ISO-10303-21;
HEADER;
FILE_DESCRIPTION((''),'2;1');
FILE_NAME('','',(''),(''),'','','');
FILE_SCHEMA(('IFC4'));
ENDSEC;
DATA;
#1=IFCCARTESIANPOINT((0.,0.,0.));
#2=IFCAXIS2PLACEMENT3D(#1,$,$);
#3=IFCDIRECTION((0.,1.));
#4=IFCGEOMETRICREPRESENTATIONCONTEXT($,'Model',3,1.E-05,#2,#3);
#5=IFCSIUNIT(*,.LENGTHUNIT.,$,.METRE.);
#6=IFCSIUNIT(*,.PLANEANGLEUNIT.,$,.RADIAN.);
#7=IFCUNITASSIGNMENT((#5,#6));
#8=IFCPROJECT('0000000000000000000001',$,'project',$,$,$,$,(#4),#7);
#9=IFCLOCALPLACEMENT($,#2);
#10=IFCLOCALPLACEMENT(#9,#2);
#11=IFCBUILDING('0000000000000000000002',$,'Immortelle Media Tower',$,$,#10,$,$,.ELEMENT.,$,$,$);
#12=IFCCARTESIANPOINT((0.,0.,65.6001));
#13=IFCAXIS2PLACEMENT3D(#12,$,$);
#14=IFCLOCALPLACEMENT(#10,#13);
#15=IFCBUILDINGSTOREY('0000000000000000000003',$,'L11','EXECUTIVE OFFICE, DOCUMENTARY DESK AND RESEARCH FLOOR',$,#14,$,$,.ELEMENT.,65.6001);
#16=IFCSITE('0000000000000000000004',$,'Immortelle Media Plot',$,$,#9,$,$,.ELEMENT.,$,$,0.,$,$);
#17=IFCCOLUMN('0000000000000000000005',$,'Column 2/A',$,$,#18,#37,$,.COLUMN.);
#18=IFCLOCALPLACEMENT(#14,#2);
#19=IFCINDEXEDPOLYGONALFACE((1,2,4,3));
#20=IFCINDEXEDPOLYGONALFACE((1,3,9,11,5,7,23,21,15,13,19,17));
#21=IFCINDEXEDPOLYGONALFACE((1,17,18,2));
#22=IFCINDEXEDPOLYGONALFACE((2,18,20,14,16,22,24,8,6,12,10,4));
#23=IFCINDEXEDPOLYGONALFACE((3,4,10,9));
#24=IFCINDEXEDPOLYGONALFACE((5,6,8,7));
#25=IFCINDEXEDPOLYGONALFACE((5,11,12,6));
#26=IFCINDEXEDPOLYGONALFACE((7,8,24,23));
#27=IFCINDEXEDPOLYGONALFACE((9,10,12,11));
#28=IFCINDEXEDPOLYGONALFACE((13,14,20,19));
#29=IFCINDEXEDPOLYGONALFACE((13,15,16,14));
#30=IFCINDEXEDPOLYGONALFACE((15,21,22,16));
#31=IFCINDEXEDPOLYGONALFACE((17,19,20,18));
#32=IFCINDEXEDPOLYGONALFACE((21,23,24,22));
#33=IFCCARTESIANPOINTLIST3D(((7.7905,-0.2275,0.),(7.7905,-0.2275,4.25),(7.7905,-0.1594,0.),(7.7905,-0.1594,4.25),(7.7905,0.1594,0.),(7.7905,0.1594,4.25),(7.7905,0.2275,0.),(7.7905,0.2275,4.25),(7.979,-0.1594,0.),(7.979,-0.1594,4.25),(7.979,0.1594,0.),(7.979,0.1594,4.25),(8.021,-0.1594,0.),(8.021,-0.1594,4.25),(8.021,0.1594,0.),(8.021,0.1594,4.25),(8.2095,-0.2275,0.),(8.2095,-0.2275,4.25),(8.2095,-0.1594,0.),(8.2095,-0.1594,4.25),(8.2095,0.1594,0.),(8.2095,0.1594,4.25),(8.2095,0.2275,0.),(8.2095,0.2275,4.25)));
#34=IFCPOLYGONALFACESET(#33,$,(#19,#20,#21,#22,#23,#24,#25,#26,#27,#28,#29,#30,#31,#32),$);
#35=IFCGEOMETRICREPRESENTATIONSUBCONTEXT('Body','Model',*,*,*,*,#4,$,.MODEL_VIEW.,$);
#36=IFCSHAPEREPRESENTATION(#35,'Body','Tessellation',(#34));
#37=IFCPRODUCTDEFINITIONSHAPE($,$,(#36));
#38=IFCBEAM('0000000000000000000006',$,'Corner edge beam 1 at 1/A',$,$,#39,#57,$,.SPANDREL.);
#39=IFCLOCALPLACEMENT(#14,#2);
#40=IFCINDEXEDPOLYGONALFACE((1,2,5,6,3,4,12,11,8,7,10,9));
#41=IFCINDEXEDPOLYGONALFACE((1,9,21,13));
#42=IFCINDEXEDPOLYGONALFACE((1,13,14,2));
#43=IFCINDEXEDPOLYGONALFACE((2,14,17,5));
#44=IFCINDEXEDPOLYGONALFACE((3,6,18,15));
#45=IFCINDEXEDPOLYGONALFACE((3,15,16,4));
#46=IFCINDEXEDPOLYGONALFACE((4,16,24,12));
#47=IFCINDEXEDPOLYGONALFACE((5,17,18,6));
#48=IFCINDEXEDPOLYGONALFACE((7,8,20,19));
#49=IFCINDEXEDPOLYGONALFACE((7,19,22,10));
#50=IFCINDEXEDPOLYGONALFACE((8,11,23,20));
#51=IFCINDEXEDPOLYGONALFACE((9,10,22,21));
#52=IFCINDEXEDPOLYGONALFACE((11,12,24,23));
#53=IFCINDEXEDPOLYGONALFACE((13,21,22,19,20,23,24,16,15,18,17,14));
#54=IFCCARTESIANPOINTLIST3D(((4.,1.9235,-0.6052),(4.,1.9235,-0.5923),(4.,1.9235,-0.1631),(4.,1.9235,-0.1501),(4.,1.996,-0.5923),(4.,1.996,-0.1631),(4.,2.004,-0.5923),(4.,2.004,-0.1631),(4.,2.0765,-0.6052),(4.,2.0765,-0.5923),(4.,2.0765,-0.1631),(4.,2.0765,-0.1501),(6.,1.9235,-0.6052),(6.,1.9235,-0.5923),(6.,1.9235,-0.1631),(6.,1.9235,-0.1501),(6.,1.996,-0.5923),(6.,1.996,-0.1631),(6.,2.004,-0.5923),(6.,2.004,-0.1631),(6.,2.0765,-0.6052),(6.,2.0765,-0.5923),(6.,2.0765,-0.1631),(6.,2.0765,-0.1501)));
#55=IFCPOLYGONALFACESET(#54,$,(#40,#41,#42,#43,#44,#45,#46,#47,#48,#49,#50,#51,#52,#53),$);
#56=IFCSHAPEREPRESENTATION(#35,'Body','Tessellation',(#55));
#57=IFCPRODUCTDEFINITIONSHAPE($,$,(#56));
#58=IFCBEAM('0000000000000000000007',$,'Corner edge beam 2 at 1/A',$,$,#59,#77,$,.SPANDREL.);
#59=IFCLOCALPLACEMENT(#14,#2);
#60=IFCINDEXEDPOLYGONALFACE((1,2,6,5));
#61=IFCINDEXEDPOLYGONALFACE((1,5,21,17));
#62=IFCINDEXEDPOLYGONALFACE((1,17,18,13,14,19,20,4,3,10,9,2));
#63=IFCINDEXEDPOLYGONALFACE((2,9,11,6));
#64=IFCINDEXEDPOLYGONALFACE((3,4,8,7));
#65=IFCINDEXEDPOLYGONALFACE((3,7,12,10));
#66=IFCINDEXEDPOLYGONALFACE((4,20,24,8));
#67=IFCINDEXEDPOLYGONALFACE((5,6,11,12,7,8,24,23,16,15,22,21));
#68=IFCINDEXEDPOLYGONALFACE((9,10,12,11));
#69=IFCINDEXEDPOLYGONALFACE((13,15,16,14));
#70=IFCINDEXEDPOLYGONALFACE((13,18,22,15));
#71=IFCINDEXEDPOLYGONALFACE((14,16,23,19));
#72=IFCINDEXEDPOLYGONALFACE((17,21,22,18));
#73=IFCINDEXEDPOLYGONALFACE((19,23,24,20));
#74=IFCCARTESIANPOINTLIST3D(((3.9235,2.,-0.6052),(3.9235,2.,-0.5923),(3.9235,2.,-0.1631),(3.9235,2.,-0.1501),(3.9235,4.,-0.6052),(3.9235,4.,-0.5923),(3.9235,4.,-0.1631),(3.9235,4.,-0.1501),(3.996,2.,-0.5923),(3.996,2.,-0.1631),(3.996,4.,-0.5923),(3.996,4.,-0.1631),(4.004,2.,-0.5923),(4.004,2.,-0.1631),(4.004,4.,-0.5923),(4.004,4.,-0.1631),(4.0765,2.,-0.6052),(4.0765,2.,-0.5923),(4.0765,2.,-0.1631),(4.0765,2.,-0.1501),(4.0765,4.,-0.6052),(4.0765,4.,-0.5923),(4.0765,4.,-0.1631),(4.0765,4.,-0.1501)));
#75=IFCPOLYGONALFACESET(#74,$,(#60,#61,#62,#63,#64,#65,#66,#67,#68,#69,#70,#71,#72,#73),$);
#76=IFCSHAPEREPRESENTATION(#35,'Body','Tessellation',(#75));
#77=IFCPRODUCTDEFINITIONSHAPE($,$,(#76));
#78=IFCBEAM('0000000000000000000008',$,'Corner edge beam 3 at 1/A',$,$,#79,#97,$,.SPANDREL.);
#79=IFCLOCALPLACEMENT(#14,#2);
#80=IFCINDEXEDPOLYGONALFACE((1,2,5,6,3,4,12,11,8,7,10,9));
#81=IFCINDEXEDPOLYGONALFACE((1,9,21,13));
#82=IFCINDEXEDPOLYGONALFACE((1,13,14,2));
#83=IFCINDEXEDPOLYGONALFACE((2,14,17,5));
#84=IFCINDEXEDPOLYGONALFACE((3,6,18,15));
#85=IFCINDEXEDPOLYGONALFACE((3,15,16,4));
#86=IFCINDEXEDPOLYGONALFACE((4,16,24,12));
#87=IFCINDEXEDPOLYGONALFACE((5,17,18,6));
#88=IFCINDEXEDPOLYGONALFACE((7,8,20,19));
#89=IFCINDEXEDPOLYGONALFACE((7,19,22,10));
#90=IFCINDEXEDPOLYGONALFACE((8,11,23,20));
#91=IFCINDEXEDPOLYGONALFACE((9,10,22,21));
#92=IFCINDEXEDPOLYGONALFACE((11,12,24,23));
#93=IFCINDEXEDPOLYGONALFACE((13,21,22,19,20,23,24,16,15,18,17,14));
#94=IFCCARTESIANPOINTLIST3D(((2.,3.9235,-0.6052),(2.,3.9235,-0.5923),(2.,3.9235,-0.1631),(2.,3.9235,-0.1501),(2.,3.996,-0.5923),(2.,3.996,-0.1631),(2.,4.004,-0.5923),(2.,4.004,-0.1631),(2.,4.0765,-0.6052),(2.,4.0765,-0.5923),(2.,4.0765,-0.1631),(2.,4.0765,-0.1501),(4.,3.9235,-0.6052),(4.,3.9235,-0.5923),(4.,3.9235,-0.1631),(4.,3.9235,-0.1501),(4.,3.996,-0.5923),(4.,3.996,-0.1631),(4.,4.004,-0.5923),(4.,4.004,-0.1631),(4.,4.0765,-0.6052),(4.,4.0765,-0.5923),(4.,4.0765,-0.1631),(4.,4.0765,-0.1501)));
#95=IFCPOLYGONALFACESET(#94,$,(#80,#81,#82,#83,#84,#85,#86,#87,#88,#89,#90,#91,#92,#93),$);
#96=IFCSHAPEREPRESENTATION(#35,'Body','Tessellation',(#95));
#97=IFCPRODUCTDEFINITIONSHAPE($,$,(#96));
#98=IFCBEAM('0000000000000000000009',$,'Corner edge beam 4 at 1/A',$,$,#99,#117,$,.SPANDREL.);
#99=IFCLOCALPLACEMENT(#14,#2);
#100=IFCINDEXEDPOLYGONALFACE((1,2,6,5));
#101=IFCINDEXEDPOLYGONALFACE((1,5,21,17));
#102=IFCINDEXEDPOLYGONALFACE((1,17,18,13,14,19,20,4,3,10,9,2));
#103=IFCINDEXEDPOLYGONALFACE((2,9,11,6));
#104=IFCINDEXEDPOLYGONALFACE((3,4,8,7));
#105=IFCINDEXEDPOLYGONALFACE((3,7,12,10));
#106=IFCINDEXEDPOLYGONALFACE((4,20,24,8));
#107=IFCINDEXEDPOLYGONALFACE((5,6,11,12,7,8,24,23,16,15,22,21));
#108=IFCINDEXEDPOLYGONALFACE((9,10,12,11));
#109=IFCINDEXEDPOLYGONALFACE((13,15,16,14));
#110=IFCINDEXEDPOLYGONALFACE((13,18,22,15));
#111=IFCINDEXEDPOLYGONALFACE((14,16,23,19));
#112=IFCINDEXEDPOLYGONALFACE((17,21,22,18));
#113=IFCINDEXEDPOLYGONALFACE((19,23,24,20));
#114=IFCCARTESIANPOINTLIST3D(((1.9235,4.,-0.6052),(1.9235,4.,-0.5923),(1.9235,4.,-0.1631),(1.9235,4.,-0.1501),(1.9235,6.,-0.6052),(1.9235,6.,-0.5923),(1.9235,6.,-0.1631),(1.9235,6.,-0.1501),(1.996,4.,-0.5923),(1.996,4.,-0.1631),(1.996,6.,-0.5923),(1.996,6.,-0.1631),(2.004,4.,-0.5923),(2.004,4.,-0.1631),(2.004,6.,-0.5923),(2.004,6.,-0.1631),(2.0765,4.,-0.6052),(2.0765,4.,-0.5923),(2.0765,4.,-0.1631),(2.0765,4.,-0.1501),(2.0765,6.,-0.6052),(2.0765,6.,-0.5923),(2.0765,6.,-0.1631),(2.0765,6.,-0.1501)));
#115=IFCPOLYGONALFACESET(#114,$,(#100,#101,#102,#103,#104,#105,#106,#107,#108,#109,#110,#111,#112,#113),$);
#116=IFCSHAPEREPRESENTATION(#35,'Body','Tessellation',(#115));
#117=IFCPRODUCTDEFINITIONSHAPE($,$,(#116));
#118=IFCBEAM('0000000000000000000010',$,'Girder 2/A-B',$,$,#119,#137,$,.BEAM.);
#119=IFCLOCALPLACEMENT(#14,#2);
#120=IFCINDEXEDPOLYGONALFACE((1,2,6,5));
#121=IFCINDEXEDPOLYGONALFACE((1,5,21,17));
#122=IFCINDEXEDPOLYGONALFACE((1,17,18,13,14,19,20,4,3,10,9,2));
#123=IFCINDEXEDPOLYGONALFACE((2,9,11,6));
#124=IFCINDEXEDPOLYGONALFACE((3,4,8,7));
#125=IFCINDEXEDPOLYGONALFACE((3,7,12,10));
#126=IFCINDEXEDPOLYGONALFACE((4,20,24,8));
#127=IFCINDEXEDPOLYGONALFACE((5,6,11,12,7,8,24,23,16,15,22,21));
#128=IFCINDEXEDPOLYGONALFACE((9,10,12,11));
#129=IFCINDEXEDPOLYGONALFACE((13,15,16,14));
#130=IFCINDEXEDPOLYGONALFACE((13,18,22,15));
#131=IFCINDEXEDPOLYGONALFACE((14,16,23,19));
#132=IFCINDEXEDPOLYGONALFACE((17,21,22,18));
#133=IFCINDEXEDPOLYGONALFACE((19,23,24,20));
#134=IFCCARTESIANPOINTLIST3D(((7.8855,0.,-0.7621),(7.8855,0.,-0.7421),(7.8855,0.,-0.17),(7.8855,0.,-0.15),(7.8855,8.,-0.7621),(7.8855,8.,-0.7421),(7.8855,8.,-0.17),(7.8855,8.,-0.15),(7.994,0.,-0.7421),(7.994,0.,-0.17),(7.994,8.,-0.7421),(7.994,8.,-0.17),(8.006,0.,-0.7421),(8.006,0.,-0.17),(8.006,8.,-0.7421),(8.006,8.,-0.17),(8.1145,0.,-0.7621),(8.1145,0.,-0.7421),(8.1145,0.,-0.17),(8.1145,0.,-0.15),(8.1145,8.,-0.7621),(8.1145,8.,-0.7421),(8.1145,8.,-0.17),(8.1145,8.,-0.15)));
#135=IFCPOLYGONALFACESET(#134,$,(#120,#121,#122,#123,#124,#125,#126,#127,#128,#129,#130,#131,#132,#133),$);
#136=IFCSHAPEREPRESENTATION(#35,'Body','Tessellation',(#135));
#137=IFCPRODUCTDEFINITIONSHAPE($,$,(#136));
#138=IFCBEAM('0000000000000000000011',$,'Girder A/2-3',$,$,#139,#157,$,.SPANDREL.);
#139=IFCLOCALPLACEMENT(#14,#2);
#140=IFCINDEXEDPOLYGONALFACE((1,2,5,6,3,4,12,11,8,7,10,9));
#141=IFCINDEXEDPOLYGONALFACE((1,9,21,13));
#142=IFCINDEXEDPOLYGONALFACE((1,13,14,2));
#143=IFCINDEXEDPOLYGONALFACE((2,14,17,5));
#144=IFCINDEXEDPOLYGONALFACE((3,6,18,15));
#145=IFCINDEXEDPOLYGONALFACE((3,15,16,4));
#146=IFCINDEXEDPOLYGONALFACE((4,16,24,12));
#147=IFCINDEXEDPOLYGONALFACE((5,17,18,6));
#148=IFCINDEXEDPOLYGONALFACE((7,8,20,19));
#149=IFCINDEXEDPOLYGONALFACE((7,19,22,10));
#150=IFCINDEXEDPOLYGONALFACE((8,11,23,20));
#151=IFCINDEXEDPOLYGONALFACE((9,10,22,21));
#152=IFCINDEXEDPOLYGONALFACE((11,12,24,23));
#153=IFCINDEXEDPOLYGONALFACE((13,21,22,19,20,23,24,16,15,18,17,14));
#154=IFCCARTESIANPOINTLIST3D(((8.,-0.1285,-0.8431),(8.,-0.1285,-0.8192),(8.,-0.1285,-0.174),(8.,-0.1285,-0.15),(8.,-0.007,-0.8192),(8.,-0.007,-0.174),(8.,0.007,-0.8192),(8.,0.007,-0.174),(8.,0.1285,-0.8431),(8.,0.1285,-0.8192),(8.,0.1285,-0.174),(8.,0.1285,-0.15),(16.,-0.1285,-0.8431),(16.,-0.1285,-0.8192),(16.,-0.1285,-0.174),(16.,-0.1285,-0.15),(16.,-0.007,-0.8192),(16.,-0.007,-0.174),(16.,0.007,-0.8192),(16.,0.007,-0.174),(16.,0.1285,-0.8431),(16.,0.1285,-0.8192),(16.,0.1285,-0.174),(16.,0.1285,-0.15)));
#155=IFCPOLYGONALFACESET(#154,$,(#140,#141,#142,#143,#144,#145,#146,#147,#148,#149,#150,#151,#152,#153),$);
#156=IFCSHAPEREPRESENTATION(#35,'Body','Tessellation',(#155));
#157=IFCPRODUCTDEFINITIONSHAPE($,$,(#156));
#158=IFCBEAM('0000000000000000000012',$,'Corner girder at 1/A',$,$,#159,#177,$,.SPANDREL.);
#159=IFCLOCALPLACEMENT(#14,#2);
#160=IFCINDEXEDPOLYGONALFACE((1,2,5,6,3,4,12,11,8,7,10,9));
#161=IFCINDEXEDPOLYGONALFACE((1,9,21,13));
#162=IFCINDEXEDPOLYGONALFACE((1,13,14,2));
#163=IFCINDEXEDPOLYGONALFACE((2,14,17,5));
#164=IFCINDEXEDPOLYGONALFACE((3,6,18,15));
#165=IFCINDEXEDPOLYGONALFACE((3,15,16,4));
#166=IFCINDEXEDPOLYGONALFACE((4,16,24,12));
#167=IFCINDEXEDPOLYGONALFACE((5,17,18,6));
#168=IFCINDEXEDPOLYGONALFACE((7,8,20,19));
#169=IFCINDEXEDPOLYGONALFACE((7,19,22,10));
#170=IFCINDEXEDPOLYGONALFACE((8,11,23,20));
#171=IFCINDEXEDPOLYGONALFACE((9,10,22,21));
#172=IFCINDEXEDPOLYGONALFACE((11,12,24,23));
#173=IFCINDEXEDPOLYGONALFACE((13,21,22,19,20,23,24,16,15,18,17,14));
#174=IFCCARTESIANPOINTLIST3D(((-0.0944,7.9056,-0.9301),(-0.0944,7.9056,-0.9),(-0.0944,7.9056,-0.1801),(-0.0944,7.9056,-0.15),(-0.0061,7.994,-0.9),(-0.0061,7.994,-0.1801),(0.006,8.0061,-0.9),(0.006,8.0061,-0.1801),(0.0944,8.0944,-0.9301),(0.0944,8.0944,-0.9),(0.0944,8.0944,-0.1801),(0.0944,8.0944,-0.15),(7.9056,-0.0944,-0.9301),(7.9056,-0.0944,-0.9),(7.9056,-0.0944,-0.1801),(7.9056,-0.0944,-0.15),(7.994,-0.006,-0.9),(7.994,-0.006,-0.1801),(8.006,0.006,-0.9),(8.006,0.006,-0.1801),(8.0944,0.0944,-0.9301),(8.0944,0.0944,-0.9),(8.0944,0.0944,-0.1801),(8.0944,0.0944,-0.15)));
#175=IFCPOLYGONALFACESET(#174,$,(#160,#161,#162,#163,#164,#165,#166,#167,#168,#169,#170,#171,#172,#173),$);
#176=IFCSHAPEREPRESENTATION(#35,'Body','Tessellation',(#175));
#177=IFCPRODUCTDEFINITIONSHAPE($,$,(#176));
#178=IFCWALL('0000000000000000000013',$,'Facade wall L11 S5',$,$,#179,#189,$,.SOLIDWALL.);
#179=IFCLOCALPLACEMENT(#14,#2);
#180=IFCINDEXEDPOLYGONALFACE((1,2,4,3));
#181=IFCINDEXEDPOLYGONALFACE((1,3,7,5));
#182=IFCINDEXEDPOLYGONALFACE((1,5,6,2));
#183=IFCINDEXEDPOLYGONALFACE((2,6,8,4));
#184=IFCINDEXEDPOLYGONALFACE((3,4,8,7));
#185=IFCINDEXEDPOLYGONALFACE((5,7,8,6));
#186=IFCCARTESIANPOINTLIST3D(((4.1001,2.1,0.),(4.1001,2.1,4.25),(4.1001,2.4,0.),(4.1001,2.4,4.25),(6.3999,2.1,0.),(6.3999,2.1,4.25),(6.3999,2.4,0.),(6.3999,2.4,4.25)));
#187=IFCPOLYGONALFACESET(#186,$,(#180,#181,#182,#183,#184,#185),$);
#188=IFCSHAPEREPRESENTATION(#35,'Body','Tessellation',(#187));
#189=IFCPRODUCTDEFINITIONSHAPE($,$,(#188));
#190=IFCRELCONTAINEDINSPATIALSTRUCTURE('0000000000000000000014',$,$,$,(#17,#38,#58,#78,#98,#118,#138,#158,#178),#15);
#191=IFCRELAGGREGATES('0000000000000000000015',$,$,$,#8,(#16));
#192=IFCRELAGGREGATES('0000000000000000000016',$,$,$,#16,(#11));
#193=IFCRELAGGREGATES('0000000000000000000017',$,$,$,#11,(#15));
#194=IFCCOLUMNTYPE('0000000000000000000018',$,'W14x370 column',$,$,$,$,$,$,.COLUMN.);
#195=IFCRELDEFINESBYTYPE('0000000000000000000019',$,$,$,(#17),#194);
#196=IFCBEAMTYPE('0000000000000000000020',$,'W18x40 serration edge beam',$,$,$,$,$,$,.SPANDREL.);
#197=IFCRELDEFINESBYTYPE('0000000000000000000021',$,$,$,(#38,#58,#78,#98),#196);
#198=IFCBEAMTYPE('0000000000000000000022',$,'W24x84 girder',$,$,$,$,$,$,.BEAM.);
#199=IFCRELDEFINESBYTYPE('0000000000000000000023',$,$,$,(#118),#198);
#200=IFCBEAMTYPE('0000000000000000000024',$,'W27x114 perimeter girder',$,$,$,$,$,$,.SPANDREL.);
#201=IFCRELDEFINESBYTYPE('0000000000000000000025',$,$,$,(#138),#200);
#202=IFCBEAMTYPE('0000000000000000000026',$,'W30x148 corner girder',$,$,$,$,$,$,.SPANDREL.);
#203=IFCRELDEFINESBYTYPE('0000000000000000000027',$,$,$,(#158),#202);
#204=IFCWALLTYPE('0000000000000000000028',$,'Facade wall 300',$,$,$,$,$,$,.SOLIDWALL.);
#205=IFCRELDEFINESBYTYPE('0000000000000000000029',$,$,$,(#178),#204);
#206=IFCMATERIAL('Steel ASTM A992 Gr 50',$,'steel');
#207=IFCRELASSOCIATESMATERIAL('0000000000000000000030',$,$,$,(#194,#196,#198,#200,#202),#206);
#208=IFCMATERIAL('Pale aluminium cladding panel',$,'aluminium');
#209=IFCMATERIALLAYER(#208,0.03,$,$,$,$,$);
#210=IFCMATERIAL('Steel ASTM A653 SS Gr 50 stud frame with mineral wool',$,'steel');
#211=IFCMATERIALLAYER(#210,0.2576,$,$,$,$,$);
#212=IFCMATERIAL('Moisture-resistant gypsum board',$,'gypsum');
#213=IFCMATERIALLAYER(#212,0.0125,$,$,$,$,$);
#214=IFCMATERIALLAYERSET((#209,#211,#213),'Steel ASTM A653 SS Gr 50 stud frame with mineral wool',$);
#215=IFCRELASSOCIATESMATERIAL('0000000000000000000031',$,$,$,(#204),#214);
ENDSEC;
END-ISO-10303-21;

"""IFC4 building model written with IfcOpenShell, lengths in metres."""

from ifc_helpers import new_model, si_unit, direction, frame, frame_2d, origin, origin_2d, place, context, subcontext, project, spatial, rectangle, i_section, extrude, material, layer, layer_set, material_profile, profile_set, type_object, element, save


model = new_model("IFC4")

# Units and contexts
model_context = context("Model", 3, precision=1e-05, world=origin(), true_north=direction((0.0, 1.0)))
body_context = subcontext(model_context, "Body", "Model", "MODEL_VIEW")
ifc_project = project(units=[si_unit("LENGTHUNIT", "METRE"), si_unit("PLANEANGLEUNIT", "RADIAN")], contexts=[model_context])

# Site, building, storey
site_placement = place(None, origin())
site = spatial("IfcSite", under=ifc_project, at=site_placement, Name="Immortelle Media Plot", CompositionType="ELEMENT", RefElevation=0.0)
building_placement = place(site_placement, origin())
building = spatial("IfcBuilding", under=site, at=building_placement, Name="Immortelle Media Tower", CompositionType="ELEMENT")
storey_placement = place(building_placement, frame((0.0, 0.0, 65.6001)))
storey = spatial("IfcBuildingStorey", under=building, at=storey_placement, Name="L11", Description="EXECUTIVE OFFICE, DOCUMENTARY DESK AND RESEARCH FLOOR", CompositionType="ELEMENT", Elevation=65.6001)

# Column
ifc_material_1 = material(Name="Steel ASTM A992 Gr 50", Category="steel")
ifc_material_profile_1 = material_profile(ifc_material_1, i_section(OverallWidth=0.4189, OverallDepth=0.4551, WebThickness=0.042, FlangeThickness=0.0681, at=origin_2d()), Name="W14x370")
ifc_profile_set_1 = profile_set([ifc_material_profile_1], Name="Steel ASTM A992 Gr 50")
column_type = type_object("IfcColumnType", Name="W14x370 column", PredefinedType="COLUMN", material=ifc_profile_set_1)
column_placement = place(storey_placement, frame((8.0, 0.0, 0.0), z_axis=(0.0, 0.0, 1.0), x_axis=(1.0, 0.0, 0.0)))
element("IfcColumn", 1, at=column_placement, inside=storey, type_object=column_type, Name="Column 2/A", PredefinedType="COLUMN", context=body_context, shape_type="SweptSolid", body=[
    extrude(i_section(OverallWidth=0.4189, OverallDepth=0.4551, WebThickness=0.042, FlangeThickness=0.0681, at=origin_2d()), origin(), (0.0, 0.0, 1.0), 4.25),
])

# Beams
ifc_material_profile_2 = material_profile(ifc_material_1, i_section(OverallWidth=0.1531, OverallDepth=0.4551, WebThickness=0.0081, FlangeThickness=0.0129, at=origin_2d()), Name="W18x40")
ifc_profile_set_2 = profile_set([ifc_material_profile_2], Name="Steel ASTM A992 Gr 50")
beam_type_1 = type_object("IfcBeamType", Name="W18x40 serration edge beam", PredefinedType="SPANDREL", material=ifc_profile_set_2)
for number, where, z_axis, x_axis, name in (
    (2, (6.0, 2.0, -0.3777), (-1.0, 0.0, 0.0), (0.0, -1.0, 0.0), "Corner edge beam 1 at 1/A"),
    (3, (4.0, 2.0, -0.3777), (0.0, 1.0, 0.0), (-1.0, 0.0, 0.0), "Corner edge beam 2 at 1/A"),
    (4, (4.0, 4.0, -0.3777), (-1.0, 0.0, 0.0), (0.0, -1.0, 0.0), "Corner edge beam 3 at 1/A"),
    (5, (2.0, 4.0, -0.3777), (0.0, 1.0, 0.0), (-1.0, 0.0, 0.0), "Corner edge beam 4 at 1/A"),
):
    element("IfcBeam", number, at=place(storey_placement, frame(where, z_axis=z_axis, x_axis=x_axis)), inside=storey, type_object=beam_type_1, Name=name, PredefinedType="SPANDREL", context=body_context, shape_type="SweptSolid", body=[
        extrude(i_section(OverallWidth=0.1531, OverallDepth=0.4551, WebThickness=0.0081, FlangeThickness=0.0129, at=origin_2d()), origin(), (0.0, 0.0, 1.0), 2.0),
    ])
ifc_material_profile_3 = material_profile(ifc_material_1, i_section(OverallWidth=0.229, OverallDepth=0.6121, WebThickness=0.012, FlangeThickness=0.02, at=origin_2d()), Name="W24x84")
ifc_profile_set_3 = profile_set([ifc_material_profile_3], Name="Steel ASTM A992 Gr 50")
beam_type_2 = type_object("IfcBeamType", Name="W24x84 girder", PredefinedType="BEAM", material=ifc_profile_set_3)
beam_1_placement = place(storey_placement, frame((8.0, 0.0, -0.4561), z_axis=(0.0, 1.0, 0.0), x_axis=(-1.0, 0.0, 0.0)))
element("IfcBeam", 6, at=beam_1_placement, inside=storey, type_object=beam_type_2, Name="Girder 2/A-B", PredefinedType="BEAM", context=body_context, shape_type="SweptSolid", body=[
    extrude(i_section(OverallWidth=0.229, OverallDepth=0.6121, WebThickness=0.012, FlangeThickness=0.02, at=origin_2d()), origin(), (0.0, 0.0, 1.0), 8.0),
])
ifc_material_profile_4 = material_profile(ifc_material_1, i_section(OverallWidth=0.2571, OverallDepth=0.6931, WebThickness=0.0139, FlangeThickness=0.0239, at=origin_2d()), Name="W27x114")
ifc_profile_set_4 = profile_set([ifc_material_profile_4], Name="Steel ASTM A992 Gr 50")
beam_type_3 = type_object("IfcBeamType", Name="W27x114 perimeter girder", PredefinedType="SPANDREL", material=ifc_profile_set_4)
beam_2_placement = place(storey_placement, frame((8.0, 0.0, -0.4966), z_axis=(1.0, 0.0, 0.0), x_axis=(0.0, 1.0, 0.0)))
element("IfcBeam", 7, at=beam_2_placement, inside=storey, type_object=beam_type_3, Name="Girder A/2-3", PredefinedType="SPANDREL", context=body_context, shape_type="SweptSolid", body=[
    extrude(i_section(OverallWidth=0.2571, OverallDepth=0.6931, WebThickness=0.0139, FlangeThickness=0.0239, at=origin_2d()), origin(), (0.0, 0.0, 1.0), 8.0),
])
ifc_material_profile_5 = material_profile(ifc_material_1, i_section(OverallWidth=0.2671, OverallDepth=0.78, WebThickness=0.0171, FlangeThickness=0.03, at=origin_2d()), Name="W30x148")
ifc_profile_set_5 = profile_set([ifc_material_profile_5], Name="Steel ASTM A992 Gr 50")
beam_type_4 = type_object("IfcBeamType", Name="W30x148 corner girder", PredefinedType="SPANDREL", material=ifc_profile_set_5)
beam_3_placement = place(storey_placement, frame((8.0, 0.0, -0.54), z_axis=(-0.707107, 0.707107, 0.0), x_axis=(-0.707107, -0.707107, 0.0)))
element("IfcBeam", 8, at=beam_3_placement, inside=storey, type_object=beam_type_4, Name="Corner girder at 1/A", PredefinedType="SPANDREL", context=body_context, shape_type="SweptSolid", body=[
    extrude(i_section(OverallWidth=0.2671, OverallDepth=0.78, WebThickness=0.0171, FlangeThickness=0.03, at=origin_2d()), origin(), (0.0, 0.0, 1.0), 11.3137),
])

# Wall
ifc_material_2 = material(Name="Pale aluminium cladding panel", Category="aluminium")
ifc_layer_1 = layer(ifc_material_2, 0.03)
ifc_material_3 = material(Name="Steel ASTM A653 SS Gr 50 stud frame with mineral wool", Category="steel")
ifc_layer_2 = layer(ifc_material_3, 0.2576)
ifc_material_4 = material(Name="Moisture-resistant gypsum board", Category="gypsum")
ifc_layer_3 = layer(ifc_material_4, 0.0125)
ifc_layer_set_1 = layer_set([ifc_layer_1, ifc_layer_2, ifc_layer_3], Name="Steel ASTM A653 SS Gr 50 stud frame with mineral wool")
wall_type_1 = type_object("IfcWallType", Name="Facade wall 300", PredefinedType="SOLIDWALL", material=ifc_layer_set_1)
wall_1_placement = place(storey_placement, frame((4.1001, 2.25, 0.0), z_axis=(0.0, 0.0, 1.0), x_axis=(1.0, 0.0, 0.0)))
element("IfcWall", 9, at=wall_1_placement, inside=storey, type_object=wall_type_1, Name="Facade wall L11 S5", PredefinedType="SOLIDWALL", context=body_context, shape_type="SweptSolid", body=[
    extrude(rectangle(XDim=2.2998, YDim=0.3, at=frame_2d((1.1499, 0.0))), origin(), (0.0, 0.0, 1.0), 4.25),
])

save(model, "model.ifc")
